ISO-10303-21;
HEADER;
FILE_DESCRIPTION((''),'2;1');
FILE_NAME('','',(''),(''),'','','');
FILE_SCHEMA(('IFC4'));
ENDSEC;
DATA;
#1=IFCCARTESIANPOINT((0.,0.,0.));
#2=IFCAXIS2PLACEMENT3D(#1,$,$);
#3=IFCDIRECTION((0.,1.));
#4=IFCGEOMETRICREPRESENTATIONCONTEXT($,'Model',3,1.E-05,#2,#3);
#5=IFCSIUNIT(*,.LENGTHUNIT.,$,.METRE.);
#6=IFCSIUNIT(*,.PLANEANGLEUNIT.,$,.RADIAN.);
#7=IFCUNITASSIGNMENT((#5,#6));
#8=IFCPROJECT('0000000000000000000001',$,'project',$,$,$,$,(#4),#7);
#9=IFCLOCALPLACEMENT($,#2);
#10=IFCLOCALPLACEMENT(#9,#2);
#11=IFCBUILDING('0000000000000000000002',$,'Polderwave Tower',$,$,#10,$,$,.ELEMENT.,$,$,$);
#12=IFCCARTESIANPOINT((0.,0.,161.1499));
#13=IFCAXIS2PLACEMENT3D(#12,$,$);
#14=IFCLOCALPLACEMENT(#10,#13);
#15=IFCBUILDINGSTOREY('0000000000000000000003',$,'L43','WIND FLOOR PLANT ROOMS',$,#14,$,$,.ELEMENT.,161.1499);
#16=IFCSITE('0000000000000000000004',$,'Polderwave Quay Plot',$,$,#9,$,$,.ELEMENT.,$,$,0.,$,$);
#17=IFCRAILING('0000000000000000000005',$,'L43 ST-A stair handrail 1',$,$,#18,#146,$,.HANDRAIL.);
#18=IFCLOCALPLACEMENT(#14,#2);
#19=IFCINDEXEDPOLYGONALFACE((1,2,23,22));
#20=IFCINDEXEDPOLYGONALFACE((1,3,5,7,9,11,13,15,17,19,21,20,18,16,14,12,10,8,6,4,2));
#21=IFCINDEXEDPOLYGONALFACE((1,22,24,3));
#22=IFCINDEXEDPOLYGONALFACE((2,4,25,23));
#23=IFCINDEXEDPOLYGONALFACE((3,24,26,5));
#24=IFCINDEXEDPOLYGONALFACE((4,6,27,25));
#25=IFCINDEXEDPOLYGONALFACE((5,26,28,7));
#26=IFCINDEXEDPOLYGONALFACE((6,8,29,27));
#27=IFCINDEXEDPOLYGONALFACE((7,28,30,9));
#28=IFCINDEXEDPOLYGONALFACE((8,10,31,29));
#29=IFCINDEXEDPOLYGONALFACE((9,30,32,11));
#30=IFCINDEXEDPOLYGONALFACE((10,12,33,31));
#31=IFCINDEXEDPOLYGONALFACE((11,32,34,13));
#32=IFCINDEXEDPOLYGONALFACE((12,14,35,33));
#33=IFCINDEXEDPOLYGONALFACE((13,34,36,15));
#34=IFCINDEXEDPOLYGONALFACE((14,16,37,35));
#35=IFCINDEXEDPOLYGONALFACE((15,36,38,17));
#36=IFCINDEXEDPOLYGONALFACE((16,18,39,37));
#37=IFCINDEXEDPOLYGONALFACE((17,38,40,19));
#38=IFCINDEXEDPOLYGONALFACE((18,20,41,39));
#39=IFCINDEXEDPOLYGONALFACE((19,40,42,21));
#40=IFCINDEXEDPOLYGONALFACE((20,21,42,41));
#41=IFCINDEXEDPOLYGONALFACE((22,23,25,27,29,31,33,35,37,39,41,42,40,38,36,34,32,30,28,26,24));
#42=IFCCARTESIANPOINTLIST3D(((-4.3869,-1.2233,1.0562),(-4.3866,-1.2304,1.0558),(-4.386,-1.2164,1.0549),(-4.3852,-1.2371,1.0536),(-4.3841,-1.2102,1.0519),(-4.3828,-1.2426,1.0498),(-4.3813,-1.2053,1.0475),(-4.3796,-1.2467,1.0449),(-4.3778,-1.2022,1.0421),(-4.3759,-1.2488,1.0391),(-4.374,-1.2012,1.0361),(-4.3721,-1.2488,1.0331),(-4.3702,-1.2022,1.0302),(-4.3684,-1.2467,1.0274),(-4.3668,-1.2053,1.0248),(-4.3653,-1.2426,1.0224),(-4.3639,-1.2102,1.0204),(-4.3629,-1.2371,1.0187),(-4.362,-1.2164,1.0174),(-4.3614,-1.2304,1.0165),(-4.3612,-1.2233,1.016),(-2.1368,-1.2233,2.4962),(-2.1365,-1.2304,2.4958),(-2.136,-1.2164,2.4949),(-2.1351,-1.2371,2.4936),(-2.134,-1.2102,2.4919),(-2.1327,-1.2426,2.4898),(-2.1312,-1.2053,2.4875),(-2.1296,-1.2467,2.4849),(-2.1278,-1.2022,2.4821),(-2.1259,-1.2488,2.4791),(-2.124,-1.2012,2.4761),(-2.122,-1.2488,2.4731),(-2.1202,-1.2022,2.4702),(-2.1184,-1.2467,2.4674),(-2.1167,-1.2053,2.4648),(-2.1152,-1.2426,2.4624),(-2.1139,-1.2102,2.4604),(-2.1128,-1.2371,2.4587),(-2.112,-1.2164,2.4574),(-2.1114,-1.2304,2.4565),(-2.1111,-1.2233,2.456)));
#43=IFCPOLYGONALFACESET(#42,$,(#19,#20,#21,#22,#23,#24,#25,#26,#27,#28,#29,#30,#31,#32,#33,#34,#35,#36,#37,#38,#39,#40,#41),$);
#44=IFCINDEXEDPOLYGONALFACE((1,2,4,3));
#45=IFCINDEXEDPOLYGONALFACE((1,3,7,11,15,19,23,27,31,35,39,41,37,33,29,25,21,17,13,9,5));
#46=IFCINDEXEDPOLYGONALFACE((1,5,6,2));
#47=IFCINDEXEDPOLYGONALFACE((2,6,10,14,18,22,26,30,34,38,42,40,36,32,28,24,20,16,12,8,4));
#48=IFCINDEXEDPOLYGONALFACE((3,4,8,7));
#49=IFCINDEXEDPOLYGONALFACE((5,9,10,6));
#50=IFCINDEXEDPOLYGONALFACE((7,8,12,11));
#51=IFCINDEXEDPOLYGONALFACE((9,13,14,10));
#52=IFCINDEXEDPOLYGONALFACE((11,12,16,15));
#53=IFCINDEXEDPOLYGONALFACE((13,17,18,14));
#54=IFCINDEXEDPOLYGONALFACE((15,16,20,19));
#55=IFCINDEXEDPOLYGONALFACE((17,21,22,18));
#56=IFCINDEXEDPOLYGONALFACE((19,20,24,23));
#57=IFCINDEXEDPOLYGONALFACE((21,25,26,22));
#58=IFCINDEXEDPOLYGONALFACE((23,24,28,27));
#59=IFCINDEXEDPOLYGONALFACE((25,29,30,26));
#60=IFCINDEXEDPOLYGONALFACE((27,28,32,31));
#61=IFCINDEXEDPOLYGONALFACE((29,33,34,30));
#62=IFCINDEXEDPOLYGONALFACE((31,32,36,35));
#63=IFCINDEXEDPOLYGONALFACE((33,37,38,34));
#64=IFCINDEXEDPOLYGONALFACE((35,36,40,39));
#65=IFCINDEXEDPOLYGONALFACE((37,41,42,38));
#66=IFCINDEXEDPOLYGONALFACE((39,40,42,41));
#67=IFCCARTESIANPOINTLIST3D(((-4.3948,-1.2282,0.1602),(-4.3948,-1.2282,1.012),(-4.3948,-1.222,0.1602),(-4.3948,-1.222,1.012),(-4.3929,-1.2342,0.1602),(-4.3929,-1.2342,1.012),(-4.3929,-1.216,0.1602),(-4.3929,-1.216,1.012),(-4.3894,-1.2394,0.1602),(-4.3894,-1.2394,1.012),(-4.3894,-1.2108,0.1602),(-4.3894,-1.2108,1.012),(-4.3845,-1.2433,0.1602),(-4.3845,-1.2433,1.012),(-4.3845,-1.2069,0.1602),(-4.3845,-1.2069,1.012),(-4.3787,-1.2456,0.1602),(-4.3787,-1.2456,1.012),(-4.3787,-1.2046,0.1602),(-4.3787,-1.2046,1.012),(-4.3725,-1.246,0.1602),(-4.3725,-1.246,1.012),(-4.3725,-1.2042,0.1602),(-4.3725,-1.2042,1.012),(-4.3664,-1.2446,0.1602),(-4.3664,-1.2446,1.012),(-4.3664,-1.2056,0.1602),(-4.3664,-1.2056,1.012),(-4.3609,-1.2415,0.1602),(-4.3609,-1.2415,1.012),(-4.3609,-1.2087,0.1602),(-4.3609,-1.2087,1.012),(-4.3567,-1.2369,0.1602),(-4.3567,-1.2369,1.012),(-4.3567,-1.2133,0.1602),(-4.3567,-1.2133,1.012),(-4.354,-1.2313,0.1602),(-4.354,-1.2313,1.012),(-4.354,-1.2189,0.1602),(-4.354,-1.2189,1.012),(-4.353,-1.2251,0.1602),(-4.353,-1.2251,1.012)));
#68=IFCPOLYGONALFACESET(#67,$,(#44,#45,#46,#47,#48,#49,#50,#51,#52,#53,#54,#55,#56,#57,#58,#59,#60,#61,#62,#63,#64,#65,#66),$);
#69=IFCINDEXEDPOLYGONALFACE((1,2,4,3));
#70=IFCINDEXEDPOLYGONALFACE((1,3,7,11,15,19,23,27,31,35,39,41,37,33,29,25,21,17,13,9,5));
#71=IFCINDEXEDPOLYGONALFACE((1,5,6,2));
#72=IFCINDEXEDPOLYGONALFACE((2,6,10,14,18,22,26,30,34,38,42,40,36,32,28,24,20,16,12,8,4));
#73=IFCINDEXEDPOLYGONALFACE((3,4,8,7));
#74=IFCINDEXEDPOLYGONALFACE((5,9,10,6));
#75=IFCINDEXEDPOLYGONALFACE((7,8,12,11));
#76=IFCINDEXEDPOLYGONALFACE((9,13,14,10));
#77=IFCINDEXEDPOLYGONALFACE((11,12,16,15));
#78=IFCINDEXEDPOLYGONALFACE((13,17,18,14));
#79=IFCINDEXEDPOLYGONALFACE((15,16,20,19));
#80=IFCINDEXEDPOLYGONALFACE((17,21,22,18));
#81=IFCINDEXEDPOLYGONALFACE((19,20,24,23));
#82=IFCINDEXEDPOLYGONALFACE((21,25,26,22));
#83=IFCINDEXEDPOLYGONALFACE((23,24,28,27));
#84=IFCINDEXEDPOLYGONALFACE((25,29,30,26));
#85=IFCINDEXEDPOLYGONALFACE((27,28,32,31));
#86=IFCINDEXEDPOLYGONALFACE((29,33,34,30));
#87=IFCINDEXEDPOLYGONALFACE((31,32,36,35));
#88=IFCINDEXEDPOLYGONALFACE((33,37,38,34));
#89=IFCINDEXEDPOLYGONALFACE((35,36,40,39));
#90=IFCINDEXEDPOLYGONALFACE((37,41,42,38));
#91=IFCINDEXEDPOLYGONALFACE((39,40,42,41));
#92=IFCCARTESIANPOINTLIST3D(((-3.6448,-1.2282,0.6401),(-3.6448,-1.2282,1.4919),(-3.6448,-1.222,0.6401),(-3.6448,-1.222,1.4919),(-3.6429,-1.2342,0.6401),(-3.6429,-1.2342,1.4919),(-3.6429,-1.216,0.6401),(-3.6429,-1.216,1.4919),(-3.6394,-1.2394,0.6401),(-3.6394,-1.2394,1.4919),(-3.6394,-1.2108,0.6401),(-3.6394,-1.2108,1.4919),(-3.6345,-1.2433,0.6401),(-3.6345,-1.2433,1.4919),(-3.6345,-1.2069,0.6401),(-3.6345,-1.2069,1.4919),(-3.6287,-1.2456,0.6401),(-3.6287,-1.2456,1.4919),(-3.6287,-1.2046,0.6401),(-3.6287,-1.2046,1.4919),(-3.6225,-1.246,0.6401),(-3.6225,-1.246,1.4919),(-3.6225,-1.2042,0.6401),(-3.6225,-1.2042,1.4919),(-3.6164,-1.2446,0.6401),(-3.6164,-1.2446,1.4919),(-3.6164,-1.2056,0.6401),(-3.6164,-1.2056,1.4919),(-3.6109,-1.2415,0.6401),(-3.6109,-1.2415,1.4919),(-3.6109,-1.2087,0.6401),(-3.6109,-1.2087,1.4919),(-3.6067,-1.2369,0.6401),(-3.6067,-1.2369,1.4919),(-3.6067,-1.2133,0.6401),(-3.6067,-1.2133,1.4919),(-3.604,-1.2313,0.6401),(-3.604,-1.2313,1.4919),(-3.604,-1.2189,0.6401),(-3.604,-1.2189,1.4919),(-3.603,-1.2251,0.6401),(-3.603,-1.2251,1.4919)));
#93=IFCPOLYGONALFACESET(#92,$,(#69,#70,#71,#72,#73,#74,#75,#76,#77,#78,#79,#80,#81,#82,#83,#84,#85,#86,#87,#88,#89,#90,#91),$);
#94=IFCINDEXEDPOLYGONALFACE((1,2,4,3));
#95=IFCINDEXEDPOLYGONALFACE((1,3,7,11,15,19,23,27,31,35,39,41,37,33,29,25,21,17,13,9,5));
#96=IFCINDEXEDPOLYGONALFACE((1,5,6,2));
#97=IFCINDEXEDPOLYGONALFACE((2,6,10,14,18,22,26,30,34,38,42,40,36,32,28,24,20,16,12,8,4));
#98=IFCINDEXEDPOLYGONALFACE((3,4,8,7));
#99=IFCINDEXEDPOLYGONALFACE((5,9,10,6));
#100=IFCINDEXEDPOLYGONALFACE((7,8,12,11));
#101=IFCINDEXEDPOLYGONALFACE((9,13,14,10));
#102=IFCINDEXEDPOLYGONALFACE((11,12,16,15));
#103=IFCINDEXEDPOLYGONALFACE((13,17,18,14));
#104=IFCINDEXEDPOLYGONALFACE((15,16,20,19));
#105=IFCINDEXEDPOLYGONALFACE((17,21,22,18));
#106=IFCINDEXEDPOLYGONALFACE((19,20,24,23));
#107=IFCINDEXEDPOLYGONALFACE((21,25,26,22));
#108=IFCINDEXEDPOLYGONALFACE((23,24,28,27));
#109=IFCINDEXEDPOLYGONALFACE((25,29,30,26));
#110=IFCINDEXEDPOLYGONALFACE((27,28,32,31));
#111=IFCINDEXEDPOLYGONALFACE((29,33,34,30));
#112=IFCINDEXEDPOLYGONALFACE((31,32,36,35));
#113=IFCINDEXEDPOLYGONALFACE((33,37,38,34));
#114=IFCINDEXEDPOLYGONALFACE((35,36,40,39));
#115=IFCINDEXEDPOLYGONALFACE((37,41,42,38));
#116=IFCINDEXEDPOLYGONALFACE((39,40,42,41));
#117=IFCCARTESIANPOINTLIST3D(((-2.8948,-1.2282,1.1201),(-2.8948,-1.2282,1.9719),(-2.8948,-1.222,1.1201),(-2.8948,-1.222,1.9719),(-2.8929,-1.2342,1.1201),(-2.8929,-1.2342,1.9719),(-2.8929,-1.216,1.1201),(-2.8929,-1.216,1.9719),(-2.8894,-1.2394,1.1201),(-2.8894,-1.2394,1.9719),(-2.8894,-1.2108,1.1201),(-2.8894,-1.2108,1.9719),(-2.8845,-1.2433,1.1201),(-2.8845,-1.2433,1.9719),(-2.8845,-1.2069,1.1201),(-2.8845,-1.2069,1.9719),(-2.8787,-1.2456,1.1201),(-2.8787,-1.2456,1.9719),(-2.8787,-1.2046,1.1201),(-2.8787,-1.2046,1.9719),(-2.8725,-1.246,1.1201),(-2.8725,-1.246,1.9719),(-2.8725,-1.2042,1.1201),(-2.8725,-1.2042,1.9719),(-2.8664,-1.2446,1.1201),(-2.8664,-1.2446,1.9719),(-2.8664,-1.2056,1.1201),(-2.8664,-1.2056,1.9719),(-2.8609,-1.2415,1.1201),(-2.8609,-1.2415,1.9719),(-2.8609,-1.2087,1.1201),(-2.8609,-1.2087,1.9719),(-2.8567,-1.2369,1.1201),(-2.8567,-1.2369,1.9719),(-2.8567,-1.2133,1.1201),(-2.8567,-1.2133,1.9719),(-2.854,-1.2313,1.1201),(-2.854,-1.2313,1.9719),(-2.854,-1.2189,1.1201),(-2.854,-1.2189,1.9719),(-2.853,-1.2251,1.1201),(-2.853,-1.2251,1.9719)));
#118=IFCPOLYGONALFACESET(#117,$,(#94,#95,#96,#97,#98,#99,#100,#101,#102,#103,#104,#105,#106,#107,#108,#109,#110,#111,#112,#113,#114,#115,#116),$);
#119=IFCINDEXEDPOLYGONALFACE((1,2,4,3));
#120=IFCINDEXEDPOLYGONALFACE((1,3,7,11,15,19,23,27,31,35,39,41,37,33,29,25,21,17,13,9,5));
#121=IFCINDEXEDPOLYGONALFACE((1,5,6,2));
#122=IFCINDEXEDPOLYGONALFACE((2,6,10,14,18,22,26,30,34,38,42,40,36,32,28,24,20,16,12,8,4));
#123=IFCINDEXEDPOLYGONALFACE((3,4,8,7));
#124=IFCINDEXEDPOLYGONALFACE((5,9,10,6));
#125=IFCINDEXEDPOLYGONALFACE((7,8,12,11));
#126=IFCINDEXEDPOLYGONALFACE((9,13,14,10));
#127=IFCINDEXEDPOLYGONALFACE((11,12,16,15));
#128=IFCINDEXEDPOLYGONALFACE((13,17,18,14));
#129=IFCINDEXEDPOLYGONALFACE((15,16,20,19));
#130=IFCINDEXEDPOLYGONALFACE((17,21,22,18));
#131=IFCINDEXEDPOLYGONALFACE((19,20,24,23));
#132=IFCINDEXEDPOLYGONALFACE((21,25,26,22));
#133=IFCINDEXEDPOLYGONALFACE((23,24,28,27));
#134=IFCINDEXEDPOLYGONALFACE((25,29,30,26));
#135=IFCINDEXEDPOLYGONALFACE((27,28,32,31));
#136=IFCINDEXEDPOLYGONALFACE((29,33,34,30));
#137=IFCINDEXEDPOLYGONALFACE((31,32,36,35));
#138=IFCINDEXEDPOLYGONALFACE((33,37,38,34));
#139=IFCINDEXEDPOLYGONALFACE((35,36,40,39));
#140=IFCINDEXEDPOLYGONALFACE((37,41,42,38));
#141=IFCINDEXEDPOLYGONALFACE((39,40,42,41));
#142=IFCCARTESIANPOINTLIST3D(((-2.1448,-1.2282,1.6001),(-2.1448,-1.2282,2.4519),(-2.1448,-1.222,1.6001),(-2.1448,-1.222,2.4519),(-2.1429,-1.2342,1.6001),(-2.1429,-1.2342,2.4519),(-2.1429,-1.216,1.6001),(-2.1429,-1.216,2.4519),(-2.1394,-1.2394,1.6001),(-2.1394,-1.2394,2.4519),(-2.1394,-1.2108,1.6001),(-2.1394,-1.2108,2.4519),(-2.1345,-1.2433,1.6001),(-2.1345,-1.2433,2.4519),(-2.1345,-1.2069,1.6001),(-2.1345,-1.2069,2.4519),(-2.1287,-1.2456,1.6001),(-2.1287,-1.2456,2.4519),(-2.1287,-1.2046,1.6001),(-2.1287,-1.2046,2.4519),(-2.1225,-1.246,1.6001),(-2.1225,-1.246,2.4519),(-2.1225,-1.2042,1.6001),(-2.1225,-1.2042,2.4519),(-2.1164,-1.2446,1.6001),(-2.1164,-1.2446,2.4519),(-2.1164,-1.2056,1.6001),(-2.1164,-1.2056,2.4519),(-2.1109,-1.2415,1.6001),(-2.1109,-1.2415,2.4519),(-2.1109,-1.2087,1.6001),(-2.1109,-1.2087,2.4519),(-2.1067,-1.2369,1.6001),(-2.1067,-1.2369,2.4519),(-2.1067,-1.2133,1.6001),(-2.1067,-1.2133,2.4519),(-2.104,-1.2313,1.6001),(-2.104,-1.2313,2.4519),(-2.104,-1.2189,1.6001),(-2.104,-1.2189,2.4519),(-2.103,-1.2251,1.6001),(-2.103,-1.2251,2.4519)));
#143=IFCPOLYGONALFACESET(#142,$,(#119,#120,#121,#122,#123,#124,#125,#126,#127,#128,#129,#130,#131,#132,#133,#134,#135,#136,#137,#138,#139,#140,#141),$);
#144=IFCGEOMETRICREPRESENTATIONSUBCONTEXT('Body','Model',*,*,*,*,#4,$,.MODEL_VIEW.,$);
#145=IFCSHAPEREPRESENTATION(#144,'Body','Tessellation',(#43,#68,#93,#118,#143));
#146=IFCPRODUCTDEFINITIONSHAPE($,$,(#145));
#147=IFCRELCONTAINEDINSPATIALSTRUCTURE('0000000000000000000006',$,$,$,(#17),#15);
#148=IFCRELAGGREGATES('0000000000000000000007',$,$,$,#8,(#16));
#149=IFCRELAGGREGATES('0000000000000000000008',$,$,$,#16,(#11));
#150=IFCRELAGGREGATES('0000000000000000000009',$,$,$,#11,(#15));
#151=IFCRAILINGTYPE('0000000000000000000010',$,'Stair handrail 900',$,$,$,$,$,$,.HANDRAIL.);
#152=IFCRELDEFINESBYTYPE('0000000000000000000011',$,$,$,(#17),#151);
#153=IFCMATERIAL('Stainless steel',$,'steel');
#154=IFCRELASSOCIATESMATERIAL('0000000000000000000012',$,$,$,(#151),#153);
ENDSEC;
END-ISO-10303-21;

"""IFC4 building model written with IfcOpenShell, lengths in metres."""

from ifc_helpers import new_model, si_unit, direction, frame, origin, origin_2d, place, context, subcontext, project, spatial, circle, extrude, material, type_object, element, save


model = new_model("IFC4")

# Units and contexts
model_context = context("Model", 3, precision=1e-05, world=origin(), true_north=direction((0.0, 1.0)))
body_context = subcontext(model_context, "Body", "Model", "MODEL_VIEW")
ifc_project = project(units=[si_unit("LENGTHUNIT", "METRE"), si_unit("PLANEANGLEUNIT", "RADIAN")], contexts=[model_context])

# Site, building, storey
site_placement = place(None, origin())
site = spatial("IfcSite", under=ifc_project, at=site_placement, Name="Polderwave Quay Plot", CompositionType="ELEMENT", RefElevation=0.0)
building_placement = place(site_placement, origin())
building = spatial("IfcBuilding", under=site, at=building_placement, Name="Polderwave Tower", CompositionType="ELEMENT")
storey_placement = place(building_placement, frame((0.0, 0.0, 161.1499)))
storey = spatial("IfcBuildingStorey", under=building, at=storey_placement, Name="L43", Description="WIND FLOOR PLANT ROOMS", CompositionType="ELEMENT", Elevation=161.1499)

# Railing
ifc_material_1 = material(Name="Stainless steel", Category="steel")
railing_type_1 = type_object("IfcRailingType", Name="Stair handrail 900", PredefinedType="HANDRAIL", material=ifc_material_1)
for number, where, name in (
    (1, (-4.374, -1.2251, 0.1602), "L43 ST-A stair handrail 1"),
):
    element("IfcRailing", number, at=place(storey_placement, frame(where)), inside=storey, type_object=railing_type_1, Name=name, PredefinedType="HANDRAIL", context=body_context, shape_type="SweptSolid", body=[
        extrude(circle(Radius=0.0239, at=origin_2d()), frame((0.0, 0.0, 0.876), z_axis=(0.842281, 0.0, 0.539038), x_axis=(0.0, 1.0, 0.0)), (0.0, 0.0, 1.0), 2.6714),
        extrude(circle(Radius=0.021, at=origin_2d()), origin(), (0.0, 0.0, 1.0), 0.8518),
        extrude(circle(Radius=0.021, at=origin_2d()), frame((0.75, 0.0, 0.48)), (0.0, 0.0, 1.0), 0.8518),
        extrude(circle(Radius=0.021, at=origin_2d()), frame((1.5, 0.0, 0.96)), (0.0, 0.0, 1.0), 0.8518),
        extrude(circle(Radius=0.021, at=origin_2d()), frame((2.25, 0.0, 1.4399)), (0.0, 0.0, 1.0), 0.8518),
    ])

save(model, "model.ifc")
